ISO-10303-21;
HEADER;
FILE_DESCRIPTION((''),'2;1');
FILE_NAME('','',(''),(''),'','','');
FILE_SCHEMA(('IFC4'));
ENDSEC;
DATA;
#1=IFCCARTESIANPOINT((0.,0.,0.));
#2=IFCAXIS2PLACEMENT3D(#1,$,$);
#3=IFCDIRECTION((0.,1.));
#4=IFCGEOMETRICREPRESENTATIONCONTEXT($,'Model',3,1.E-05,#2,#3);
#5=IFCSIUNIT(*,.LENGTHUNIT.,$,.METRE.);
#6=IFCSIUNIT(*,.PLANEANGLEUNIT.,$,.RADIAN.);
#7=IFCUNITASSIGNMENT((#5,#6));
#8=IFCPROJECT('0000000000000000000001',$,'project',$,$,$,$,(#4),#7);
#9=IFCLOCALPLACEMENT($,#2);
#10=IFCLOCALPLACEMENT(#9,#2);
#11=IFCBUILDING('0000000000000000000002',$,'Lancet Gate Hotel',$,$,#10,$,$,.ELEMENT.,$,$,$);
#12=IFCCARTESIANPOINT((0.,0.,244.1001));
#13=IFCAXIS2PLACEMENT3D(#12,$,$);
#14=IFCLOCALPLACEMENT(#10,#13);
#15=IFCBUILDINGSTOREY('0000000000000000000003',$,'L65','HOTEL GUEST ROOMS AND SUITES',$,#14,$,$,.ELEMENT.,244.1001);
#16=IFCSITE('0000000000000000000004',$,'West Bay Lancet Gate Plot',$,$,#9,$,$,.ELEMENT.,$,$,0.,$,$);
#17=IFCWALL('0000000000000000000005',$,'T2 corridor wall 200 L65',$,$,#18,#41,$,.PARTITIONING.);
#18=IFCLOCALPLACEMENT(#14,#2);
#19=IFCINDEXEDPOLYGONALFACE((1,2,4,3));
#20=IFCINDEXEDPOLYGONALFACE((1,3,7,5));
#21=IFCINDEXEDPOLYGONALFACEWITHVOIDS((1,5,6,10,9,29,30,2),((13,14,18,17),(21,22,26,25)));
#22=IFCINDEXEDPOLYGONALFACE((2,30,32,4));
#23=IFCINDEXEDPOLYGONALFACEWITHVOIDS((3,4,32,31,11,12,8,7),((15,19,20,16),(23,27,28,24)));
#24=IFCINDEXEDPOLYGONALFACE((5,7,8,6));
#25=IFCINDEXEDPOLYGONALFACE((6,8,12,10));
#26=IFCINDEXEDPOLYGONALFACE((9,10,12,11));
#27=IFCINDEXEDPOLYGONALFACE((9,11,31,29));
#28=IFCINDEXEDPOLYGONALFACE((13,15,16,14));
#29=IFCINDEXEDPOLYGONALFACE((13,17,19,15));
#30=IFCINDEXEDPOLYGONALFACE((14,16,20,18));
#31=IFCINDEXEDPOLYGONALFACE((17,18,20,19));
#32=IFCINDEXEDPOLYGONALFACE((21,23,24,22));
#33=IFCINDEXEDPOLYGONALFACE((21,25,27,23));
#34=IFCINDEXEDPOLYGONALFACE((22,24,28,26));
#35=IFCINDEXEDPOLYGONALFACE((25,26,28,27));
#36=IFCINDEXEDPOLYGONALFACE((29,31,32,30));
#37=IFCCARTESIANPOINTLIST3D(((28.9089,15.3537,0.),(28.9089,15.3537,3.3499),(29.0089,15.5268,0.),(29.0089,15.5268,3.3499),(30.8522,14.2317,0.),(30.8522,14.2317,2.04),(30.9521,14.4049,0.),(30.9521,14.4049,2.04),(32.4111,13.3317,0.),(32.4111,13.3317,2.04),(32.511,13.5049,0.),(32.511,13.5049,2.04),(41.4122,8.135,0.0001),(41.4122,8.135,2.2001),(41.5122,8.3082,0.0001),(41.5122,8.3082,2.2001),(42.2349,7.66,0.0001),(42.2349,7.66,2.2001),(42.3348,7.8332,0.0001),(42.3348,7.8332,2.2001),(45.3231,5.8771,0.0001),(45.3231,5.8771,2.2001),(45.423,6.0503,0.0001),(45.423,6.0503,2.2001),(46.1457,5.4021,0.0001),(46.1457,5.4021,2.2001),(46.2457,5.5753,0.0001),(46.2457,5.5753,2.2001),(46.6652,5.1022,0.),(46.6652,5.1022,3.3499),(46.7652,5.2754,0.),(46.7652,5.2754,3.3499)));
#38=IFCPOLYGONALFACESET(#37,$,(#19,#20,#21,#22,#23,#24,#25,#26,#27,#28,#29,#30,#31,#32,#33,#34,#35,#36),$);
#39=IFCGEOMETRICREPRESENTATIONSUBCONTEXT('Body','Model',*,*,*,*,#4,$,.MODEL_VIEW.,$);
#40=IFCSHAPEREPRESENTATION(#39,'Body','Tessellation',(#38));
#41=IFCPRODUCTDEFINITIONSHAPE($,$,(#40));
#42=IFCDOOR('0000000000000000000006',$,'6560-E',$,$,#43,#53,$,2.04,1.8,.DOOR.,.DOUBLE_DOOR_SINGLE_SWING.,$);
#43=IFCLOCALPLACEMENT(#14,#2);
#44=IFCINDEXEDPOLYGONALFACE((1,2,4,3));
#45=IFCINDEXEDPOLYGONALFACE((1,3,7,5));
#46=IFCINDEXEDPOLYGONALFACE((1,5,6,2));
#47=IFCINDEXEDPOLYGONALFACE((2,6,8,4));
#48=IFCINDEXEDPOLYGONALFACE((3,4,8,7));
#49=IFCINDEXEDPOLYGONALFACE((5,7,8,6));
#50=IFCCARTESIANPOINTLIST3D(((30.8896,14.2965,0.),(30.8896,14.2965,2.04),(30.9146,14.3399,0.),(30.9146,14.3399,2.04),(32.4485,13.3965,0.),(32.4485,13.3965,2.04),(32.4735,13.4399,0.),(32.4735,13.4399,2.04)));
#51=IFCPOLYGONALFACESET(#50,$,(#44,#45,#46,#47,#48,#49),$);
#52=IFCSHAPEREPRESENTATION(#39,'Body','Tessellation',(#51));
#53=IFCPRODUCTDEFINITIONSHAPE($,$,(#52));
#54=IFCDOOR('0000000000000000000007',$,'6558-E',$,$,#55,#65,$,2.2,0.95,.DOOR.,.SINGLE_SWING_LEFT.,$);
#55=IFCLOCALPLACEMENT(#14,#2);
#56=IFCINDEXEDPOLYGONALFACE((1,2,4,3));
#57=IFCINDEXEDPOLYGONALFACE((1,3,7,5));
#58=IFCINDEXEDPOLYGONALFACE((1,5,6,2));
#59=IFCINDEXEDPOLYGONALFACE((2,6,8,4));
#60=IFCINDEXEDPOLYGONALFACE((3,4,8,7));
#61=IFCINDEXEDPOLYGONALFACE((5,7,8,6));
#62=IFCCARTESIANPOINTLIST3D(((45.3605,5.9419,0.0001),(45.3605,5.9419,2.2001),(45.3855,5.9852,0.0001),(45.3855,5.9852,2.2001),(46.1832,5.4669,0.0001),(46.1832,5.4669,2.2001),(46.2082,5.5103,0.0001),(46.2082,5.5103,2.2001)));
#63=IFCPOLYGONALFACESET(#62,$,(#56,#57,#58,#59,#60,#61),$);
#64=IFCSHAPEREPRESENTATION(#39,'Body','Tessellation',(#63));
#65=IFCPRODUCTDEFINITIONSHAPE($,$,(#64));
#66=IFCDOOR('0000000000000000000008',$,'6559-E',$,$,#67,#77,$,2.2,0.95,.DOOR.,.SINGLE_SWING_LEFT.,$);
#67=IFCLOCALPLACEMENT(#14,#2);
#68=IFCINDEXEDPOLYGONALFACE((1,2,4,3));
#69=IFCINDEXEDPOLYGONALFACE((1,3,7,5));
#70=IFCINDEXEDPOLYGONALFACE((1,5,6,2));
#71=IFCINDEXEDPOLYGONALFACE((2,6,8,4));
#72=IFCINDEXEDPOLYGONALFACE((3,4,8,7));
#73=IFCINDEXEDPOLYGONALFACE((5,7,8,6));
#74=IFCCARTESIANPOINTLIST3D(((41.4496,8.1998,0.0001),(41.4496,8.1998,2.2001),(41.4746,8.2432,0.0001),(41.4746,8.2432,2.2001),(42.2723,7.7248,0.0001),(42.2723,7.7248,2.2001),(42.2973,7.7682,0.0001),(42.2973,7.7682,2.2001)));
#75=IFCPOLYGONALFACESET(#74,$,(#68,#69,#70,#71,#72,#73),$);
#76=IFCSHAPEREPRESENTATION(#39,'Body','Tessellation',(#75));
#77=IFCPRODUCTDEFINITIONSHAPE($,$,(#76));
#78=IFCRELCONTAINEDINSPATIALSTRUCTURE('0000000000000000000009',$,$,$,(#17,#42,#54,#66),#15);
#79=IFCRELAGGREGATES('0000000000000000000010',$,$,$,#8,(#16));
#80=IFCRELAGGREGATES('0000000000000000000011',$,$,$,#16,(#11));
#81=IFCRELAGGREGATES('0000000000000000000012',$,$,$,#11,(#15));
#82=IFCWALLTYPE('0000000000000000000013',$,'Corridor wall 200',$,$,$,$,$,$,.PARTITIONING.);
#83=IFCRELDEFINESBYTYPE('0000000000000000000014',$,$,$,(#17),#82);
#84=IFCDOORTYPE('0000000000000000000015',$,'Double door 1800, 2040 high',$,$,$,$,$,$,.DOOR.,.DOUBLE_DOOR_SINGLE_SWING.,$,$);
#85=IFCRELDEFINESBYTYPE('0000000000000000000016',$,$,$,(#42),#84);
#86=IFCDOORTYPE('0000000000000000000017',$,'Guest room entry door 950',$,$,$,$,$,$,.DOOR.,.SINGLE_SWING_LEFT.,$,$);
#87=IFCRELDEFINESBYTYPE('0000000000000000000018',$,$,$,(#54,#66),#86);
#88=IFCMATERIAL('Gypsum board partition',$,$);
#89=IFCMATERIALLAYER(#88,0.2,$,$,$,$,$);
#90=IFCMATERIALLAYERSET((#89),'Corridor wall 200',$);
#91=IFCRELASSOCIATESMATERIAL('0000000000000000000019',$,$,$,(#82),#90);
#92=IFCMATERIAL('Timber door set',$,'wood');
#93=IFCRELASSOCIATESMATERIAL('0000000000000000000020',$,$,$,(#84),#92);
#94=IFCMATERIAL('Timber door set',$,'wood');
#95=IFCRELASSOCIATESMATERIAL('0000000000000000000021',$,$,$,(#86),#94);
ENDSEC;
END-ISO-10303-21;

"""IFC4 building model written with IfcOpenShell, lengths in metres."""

from ifc_helpers import new_model, si_unit, direction, frame, frame_2d, origin, place, context, subcontext, project, spatial, rectangle, extrude, material, layer, layer_set, type_object, element, fill, save


model = new_model("IFC4")

# Units and contexts
model_context = context("Model", 3, precision=1e-05, world=origin(), true_north=direction((0.0, 1.0)))
body_context = subcontext(model_context, "Body", "Model", "MODEL_VIEW")
ifc_project = project(units=[si_unit("LENGTHUNIT", "METRE"), si_unit("PLANEANGLEUNIT", "RADIAN")], contexts=[model_context])

# Site, building, storey
site_placement = place(None, origin())
site = spatial("IfcSite", under=ifc_project, at=site_placement, Name="West Bay Lancet Gate Plot", CompositionType="ELEMENT", RefElevation=0.0)
building_placement = place(site_placement, origin())
building = spatial("IfcBuilding", under=site, at=building_placement, Name="Lancet Gate Hotel", CompositionType="ELEMENT")
storey_placement = place(building_placement, frame((0.0, 0.0, 244.1001)))
storey = spatial("IfcBuildingStorey", under=building, at=storey_placement, Name="L65", Description="HOTEL GUEST ROOMS AND SUITES", CompositionType="ELEMENT", Elevation=244.1001)

# Wall, openings, doors
ifc_material_1 = material(Name="Gypsum board partition")
ifc_layer_1 = layer(ifc_material_1, 0.2)
ifc_layer_set_1 = layer_set([ifc_layer_1], Name="Corridor wall 200")
wall_type_1 = type_object("IfcWallType", Name="Corridor wall 200", PredefinedType="PARTITIONING", material=ifc_layer_set_1)
wall_1_placement = place(storey_placement, frame((28.959, 15.4402, 0.0), z_axis=(0.0, 0.0, 1.0), x_axis=(0.866029, -0.499994, 0.0)))
wall_1 = element("IfcWall", 1, at=wall_1_placement, inside=storey, type_object=wall_type_1, Name="T2 corridor wall 200 L65", PredefinedType="PARTITIONING", context=body_context, shape_type="SweptSolid", body=[
    extrude(rectangle(XDim=20.5032, YDim=0.2, at=frame_2d((10.2515, 0.0))), origin(), (0.0, 0.0, 1.0), 3.3499),
])
opening_1_placement = place(wall_1_placement, frame((18.9531, 0.0, 0.0)))
opening_1 = element("IfcOpeningElement", 2, at=opening_1_placement, cuts=wall_1, PredefinedType="OPENING", context=body_context, shape_type="SweptSolid", body=[
    extrude(rectangle(XDim=0.95, YDim=2.2, at=frame_2d((0.4751, 1.1001))), frame((0.0, 0.1099, 0.0), z_axis=(0.0, -1.0, 0.0), x_axis=(1.0, 0.0, 0.0)), (0.0, 0.0, 1.0), 0.22),
])
opening_2_placement = place(wall_1_placement, frame((14.4373, 0.0, 0.0)))
opening_2 = element("IfcOpeningElement", 3, at=opening_2_placement, cuts=wall_1, PredefinedType="OPENING", context=body_context, shape_type="SweptSolid", body=[
    extrude(rectangle(XDim=0.95, YDim=2.2, at=frame_2d((0.4751, 1.1001))), frame((0.0, 0.1099, 0.0), z_axis=(0.0, -1.0, 0.0), x_axis=(1.0, 0.0, 0.0)), (0.0, 0.0, 1.0), 0.22),
])
opening_3_placement = place(wall_1_placement, frame((2.2439, 0.0, 0.0)))
opening_3 = element("IfcOpeningElement", 4, at=opening_3_placement, cuts=wall_1, PredefinedType="OPENING", context=body_context, shape_type="SweptSolid", body=[
    extrude(rectangle(XDim=1.8, YDim=2.04, at=frame_2d((0.8999, 1.02))), frame((0.0, 0.1099, 0.0), z_axis=(0.0, -1.0, 0.0), x_axis=(1.0, 0.0, 0.0)), (0.0, 0.0, 1.0), 0.22),
])
ifc_material_2 = material(Name="Timber door set", Category="wood")
door_type_1 = type_object("IfcDoorType", Name="Double door 1800, 2040 high", OperationType="DOUBLE_DOOR_SINGLE_SWING", PredefinedType="DOOR", material=ifc_material_2)
door_1_placement = place(opening_3_placement, origin())
door_1 = element("IfcDoor", 5, at=door_1_placement, inside=storey, type_object=door_type_1, Name="6560-E", OperationType="DOUBLE_DOOR_SINGLE_SWING", OverallHeight=2.04, OverallWidth=1.8, PredefinedType="DOOR", context=body_context, shape_type="SweptSolid", body=[
    extrude(rectangle(XDim=1.8, YDim=2.04, at=frame_2d((0.8999, 1.02))), frame((0.0, 0.0249, 0.0), z_axis=(0.0, -1.0, 0.0), x_axis=(1.0, 0.0, 0.0)), (0.0, 0.0, 1.0), 0.05),
])
fill(opening_3, door_1)
ifc_material_3 = material(Name="Timber door set", Category="wood")
door_type_2 = type_object("IfcDoorType", Name="Guest room entry door 950", OperationType="SINGLE_SWING_LEFT", PredefinedType="DOOR", material=ifc_material_3)
door_2_placement = place(opening_1_placement, origin())
door_2 = element("IfcDoor", 6, at=door_2_placement, inside=storey, type_object=door_type_2, Name="6558-E", OperationType="SINGLE_SWING_LEFT", OverallHeight=2.2, OverallWidth=0.95, PredefinedType="DOOR", context=body_context, shape_type="SweptSolid", body=[
    extrude(rectangle(XDim=0.95, YDim=2.2, at=frame_2d((0.4751, 1.1001))), frame((0.0, 0.0249, 0.0), z_axis=(0.0, -1.0, 0.0), x_axis=(1.0, 0.0, 0.0)), (0.0, 0.0, 1.0), 0.05),
])
fill(opening_1, door_2)
door_3_placement = place(opening_2_placement, origin())
door_3 = element("IfcDoor", 7, at=door_3_placement, inside=storey, type_object=door_type_2, Name="6559-E", OperationType="SINGLE_SWING_LEFT", OverallHeight=2.2, OverallWidth=0.95, PredefinedType="DOOR", context=body_context, shape_type="SweptSolid", body=[
    extrude(rectangle(XDim=0.95, YDim=2.2, at=frame_2d((0.4751, 1.1001))), frame((0.0, 0.0249, 0.0), z_axis=(0.0, -1.0, 0.0), x_axis=(1.0, 0.0, 0.0)), (0.0, 0.0, 1.0), 0.05),
])
fill(opening_2, door_3)

save(model, "model.ifc")
